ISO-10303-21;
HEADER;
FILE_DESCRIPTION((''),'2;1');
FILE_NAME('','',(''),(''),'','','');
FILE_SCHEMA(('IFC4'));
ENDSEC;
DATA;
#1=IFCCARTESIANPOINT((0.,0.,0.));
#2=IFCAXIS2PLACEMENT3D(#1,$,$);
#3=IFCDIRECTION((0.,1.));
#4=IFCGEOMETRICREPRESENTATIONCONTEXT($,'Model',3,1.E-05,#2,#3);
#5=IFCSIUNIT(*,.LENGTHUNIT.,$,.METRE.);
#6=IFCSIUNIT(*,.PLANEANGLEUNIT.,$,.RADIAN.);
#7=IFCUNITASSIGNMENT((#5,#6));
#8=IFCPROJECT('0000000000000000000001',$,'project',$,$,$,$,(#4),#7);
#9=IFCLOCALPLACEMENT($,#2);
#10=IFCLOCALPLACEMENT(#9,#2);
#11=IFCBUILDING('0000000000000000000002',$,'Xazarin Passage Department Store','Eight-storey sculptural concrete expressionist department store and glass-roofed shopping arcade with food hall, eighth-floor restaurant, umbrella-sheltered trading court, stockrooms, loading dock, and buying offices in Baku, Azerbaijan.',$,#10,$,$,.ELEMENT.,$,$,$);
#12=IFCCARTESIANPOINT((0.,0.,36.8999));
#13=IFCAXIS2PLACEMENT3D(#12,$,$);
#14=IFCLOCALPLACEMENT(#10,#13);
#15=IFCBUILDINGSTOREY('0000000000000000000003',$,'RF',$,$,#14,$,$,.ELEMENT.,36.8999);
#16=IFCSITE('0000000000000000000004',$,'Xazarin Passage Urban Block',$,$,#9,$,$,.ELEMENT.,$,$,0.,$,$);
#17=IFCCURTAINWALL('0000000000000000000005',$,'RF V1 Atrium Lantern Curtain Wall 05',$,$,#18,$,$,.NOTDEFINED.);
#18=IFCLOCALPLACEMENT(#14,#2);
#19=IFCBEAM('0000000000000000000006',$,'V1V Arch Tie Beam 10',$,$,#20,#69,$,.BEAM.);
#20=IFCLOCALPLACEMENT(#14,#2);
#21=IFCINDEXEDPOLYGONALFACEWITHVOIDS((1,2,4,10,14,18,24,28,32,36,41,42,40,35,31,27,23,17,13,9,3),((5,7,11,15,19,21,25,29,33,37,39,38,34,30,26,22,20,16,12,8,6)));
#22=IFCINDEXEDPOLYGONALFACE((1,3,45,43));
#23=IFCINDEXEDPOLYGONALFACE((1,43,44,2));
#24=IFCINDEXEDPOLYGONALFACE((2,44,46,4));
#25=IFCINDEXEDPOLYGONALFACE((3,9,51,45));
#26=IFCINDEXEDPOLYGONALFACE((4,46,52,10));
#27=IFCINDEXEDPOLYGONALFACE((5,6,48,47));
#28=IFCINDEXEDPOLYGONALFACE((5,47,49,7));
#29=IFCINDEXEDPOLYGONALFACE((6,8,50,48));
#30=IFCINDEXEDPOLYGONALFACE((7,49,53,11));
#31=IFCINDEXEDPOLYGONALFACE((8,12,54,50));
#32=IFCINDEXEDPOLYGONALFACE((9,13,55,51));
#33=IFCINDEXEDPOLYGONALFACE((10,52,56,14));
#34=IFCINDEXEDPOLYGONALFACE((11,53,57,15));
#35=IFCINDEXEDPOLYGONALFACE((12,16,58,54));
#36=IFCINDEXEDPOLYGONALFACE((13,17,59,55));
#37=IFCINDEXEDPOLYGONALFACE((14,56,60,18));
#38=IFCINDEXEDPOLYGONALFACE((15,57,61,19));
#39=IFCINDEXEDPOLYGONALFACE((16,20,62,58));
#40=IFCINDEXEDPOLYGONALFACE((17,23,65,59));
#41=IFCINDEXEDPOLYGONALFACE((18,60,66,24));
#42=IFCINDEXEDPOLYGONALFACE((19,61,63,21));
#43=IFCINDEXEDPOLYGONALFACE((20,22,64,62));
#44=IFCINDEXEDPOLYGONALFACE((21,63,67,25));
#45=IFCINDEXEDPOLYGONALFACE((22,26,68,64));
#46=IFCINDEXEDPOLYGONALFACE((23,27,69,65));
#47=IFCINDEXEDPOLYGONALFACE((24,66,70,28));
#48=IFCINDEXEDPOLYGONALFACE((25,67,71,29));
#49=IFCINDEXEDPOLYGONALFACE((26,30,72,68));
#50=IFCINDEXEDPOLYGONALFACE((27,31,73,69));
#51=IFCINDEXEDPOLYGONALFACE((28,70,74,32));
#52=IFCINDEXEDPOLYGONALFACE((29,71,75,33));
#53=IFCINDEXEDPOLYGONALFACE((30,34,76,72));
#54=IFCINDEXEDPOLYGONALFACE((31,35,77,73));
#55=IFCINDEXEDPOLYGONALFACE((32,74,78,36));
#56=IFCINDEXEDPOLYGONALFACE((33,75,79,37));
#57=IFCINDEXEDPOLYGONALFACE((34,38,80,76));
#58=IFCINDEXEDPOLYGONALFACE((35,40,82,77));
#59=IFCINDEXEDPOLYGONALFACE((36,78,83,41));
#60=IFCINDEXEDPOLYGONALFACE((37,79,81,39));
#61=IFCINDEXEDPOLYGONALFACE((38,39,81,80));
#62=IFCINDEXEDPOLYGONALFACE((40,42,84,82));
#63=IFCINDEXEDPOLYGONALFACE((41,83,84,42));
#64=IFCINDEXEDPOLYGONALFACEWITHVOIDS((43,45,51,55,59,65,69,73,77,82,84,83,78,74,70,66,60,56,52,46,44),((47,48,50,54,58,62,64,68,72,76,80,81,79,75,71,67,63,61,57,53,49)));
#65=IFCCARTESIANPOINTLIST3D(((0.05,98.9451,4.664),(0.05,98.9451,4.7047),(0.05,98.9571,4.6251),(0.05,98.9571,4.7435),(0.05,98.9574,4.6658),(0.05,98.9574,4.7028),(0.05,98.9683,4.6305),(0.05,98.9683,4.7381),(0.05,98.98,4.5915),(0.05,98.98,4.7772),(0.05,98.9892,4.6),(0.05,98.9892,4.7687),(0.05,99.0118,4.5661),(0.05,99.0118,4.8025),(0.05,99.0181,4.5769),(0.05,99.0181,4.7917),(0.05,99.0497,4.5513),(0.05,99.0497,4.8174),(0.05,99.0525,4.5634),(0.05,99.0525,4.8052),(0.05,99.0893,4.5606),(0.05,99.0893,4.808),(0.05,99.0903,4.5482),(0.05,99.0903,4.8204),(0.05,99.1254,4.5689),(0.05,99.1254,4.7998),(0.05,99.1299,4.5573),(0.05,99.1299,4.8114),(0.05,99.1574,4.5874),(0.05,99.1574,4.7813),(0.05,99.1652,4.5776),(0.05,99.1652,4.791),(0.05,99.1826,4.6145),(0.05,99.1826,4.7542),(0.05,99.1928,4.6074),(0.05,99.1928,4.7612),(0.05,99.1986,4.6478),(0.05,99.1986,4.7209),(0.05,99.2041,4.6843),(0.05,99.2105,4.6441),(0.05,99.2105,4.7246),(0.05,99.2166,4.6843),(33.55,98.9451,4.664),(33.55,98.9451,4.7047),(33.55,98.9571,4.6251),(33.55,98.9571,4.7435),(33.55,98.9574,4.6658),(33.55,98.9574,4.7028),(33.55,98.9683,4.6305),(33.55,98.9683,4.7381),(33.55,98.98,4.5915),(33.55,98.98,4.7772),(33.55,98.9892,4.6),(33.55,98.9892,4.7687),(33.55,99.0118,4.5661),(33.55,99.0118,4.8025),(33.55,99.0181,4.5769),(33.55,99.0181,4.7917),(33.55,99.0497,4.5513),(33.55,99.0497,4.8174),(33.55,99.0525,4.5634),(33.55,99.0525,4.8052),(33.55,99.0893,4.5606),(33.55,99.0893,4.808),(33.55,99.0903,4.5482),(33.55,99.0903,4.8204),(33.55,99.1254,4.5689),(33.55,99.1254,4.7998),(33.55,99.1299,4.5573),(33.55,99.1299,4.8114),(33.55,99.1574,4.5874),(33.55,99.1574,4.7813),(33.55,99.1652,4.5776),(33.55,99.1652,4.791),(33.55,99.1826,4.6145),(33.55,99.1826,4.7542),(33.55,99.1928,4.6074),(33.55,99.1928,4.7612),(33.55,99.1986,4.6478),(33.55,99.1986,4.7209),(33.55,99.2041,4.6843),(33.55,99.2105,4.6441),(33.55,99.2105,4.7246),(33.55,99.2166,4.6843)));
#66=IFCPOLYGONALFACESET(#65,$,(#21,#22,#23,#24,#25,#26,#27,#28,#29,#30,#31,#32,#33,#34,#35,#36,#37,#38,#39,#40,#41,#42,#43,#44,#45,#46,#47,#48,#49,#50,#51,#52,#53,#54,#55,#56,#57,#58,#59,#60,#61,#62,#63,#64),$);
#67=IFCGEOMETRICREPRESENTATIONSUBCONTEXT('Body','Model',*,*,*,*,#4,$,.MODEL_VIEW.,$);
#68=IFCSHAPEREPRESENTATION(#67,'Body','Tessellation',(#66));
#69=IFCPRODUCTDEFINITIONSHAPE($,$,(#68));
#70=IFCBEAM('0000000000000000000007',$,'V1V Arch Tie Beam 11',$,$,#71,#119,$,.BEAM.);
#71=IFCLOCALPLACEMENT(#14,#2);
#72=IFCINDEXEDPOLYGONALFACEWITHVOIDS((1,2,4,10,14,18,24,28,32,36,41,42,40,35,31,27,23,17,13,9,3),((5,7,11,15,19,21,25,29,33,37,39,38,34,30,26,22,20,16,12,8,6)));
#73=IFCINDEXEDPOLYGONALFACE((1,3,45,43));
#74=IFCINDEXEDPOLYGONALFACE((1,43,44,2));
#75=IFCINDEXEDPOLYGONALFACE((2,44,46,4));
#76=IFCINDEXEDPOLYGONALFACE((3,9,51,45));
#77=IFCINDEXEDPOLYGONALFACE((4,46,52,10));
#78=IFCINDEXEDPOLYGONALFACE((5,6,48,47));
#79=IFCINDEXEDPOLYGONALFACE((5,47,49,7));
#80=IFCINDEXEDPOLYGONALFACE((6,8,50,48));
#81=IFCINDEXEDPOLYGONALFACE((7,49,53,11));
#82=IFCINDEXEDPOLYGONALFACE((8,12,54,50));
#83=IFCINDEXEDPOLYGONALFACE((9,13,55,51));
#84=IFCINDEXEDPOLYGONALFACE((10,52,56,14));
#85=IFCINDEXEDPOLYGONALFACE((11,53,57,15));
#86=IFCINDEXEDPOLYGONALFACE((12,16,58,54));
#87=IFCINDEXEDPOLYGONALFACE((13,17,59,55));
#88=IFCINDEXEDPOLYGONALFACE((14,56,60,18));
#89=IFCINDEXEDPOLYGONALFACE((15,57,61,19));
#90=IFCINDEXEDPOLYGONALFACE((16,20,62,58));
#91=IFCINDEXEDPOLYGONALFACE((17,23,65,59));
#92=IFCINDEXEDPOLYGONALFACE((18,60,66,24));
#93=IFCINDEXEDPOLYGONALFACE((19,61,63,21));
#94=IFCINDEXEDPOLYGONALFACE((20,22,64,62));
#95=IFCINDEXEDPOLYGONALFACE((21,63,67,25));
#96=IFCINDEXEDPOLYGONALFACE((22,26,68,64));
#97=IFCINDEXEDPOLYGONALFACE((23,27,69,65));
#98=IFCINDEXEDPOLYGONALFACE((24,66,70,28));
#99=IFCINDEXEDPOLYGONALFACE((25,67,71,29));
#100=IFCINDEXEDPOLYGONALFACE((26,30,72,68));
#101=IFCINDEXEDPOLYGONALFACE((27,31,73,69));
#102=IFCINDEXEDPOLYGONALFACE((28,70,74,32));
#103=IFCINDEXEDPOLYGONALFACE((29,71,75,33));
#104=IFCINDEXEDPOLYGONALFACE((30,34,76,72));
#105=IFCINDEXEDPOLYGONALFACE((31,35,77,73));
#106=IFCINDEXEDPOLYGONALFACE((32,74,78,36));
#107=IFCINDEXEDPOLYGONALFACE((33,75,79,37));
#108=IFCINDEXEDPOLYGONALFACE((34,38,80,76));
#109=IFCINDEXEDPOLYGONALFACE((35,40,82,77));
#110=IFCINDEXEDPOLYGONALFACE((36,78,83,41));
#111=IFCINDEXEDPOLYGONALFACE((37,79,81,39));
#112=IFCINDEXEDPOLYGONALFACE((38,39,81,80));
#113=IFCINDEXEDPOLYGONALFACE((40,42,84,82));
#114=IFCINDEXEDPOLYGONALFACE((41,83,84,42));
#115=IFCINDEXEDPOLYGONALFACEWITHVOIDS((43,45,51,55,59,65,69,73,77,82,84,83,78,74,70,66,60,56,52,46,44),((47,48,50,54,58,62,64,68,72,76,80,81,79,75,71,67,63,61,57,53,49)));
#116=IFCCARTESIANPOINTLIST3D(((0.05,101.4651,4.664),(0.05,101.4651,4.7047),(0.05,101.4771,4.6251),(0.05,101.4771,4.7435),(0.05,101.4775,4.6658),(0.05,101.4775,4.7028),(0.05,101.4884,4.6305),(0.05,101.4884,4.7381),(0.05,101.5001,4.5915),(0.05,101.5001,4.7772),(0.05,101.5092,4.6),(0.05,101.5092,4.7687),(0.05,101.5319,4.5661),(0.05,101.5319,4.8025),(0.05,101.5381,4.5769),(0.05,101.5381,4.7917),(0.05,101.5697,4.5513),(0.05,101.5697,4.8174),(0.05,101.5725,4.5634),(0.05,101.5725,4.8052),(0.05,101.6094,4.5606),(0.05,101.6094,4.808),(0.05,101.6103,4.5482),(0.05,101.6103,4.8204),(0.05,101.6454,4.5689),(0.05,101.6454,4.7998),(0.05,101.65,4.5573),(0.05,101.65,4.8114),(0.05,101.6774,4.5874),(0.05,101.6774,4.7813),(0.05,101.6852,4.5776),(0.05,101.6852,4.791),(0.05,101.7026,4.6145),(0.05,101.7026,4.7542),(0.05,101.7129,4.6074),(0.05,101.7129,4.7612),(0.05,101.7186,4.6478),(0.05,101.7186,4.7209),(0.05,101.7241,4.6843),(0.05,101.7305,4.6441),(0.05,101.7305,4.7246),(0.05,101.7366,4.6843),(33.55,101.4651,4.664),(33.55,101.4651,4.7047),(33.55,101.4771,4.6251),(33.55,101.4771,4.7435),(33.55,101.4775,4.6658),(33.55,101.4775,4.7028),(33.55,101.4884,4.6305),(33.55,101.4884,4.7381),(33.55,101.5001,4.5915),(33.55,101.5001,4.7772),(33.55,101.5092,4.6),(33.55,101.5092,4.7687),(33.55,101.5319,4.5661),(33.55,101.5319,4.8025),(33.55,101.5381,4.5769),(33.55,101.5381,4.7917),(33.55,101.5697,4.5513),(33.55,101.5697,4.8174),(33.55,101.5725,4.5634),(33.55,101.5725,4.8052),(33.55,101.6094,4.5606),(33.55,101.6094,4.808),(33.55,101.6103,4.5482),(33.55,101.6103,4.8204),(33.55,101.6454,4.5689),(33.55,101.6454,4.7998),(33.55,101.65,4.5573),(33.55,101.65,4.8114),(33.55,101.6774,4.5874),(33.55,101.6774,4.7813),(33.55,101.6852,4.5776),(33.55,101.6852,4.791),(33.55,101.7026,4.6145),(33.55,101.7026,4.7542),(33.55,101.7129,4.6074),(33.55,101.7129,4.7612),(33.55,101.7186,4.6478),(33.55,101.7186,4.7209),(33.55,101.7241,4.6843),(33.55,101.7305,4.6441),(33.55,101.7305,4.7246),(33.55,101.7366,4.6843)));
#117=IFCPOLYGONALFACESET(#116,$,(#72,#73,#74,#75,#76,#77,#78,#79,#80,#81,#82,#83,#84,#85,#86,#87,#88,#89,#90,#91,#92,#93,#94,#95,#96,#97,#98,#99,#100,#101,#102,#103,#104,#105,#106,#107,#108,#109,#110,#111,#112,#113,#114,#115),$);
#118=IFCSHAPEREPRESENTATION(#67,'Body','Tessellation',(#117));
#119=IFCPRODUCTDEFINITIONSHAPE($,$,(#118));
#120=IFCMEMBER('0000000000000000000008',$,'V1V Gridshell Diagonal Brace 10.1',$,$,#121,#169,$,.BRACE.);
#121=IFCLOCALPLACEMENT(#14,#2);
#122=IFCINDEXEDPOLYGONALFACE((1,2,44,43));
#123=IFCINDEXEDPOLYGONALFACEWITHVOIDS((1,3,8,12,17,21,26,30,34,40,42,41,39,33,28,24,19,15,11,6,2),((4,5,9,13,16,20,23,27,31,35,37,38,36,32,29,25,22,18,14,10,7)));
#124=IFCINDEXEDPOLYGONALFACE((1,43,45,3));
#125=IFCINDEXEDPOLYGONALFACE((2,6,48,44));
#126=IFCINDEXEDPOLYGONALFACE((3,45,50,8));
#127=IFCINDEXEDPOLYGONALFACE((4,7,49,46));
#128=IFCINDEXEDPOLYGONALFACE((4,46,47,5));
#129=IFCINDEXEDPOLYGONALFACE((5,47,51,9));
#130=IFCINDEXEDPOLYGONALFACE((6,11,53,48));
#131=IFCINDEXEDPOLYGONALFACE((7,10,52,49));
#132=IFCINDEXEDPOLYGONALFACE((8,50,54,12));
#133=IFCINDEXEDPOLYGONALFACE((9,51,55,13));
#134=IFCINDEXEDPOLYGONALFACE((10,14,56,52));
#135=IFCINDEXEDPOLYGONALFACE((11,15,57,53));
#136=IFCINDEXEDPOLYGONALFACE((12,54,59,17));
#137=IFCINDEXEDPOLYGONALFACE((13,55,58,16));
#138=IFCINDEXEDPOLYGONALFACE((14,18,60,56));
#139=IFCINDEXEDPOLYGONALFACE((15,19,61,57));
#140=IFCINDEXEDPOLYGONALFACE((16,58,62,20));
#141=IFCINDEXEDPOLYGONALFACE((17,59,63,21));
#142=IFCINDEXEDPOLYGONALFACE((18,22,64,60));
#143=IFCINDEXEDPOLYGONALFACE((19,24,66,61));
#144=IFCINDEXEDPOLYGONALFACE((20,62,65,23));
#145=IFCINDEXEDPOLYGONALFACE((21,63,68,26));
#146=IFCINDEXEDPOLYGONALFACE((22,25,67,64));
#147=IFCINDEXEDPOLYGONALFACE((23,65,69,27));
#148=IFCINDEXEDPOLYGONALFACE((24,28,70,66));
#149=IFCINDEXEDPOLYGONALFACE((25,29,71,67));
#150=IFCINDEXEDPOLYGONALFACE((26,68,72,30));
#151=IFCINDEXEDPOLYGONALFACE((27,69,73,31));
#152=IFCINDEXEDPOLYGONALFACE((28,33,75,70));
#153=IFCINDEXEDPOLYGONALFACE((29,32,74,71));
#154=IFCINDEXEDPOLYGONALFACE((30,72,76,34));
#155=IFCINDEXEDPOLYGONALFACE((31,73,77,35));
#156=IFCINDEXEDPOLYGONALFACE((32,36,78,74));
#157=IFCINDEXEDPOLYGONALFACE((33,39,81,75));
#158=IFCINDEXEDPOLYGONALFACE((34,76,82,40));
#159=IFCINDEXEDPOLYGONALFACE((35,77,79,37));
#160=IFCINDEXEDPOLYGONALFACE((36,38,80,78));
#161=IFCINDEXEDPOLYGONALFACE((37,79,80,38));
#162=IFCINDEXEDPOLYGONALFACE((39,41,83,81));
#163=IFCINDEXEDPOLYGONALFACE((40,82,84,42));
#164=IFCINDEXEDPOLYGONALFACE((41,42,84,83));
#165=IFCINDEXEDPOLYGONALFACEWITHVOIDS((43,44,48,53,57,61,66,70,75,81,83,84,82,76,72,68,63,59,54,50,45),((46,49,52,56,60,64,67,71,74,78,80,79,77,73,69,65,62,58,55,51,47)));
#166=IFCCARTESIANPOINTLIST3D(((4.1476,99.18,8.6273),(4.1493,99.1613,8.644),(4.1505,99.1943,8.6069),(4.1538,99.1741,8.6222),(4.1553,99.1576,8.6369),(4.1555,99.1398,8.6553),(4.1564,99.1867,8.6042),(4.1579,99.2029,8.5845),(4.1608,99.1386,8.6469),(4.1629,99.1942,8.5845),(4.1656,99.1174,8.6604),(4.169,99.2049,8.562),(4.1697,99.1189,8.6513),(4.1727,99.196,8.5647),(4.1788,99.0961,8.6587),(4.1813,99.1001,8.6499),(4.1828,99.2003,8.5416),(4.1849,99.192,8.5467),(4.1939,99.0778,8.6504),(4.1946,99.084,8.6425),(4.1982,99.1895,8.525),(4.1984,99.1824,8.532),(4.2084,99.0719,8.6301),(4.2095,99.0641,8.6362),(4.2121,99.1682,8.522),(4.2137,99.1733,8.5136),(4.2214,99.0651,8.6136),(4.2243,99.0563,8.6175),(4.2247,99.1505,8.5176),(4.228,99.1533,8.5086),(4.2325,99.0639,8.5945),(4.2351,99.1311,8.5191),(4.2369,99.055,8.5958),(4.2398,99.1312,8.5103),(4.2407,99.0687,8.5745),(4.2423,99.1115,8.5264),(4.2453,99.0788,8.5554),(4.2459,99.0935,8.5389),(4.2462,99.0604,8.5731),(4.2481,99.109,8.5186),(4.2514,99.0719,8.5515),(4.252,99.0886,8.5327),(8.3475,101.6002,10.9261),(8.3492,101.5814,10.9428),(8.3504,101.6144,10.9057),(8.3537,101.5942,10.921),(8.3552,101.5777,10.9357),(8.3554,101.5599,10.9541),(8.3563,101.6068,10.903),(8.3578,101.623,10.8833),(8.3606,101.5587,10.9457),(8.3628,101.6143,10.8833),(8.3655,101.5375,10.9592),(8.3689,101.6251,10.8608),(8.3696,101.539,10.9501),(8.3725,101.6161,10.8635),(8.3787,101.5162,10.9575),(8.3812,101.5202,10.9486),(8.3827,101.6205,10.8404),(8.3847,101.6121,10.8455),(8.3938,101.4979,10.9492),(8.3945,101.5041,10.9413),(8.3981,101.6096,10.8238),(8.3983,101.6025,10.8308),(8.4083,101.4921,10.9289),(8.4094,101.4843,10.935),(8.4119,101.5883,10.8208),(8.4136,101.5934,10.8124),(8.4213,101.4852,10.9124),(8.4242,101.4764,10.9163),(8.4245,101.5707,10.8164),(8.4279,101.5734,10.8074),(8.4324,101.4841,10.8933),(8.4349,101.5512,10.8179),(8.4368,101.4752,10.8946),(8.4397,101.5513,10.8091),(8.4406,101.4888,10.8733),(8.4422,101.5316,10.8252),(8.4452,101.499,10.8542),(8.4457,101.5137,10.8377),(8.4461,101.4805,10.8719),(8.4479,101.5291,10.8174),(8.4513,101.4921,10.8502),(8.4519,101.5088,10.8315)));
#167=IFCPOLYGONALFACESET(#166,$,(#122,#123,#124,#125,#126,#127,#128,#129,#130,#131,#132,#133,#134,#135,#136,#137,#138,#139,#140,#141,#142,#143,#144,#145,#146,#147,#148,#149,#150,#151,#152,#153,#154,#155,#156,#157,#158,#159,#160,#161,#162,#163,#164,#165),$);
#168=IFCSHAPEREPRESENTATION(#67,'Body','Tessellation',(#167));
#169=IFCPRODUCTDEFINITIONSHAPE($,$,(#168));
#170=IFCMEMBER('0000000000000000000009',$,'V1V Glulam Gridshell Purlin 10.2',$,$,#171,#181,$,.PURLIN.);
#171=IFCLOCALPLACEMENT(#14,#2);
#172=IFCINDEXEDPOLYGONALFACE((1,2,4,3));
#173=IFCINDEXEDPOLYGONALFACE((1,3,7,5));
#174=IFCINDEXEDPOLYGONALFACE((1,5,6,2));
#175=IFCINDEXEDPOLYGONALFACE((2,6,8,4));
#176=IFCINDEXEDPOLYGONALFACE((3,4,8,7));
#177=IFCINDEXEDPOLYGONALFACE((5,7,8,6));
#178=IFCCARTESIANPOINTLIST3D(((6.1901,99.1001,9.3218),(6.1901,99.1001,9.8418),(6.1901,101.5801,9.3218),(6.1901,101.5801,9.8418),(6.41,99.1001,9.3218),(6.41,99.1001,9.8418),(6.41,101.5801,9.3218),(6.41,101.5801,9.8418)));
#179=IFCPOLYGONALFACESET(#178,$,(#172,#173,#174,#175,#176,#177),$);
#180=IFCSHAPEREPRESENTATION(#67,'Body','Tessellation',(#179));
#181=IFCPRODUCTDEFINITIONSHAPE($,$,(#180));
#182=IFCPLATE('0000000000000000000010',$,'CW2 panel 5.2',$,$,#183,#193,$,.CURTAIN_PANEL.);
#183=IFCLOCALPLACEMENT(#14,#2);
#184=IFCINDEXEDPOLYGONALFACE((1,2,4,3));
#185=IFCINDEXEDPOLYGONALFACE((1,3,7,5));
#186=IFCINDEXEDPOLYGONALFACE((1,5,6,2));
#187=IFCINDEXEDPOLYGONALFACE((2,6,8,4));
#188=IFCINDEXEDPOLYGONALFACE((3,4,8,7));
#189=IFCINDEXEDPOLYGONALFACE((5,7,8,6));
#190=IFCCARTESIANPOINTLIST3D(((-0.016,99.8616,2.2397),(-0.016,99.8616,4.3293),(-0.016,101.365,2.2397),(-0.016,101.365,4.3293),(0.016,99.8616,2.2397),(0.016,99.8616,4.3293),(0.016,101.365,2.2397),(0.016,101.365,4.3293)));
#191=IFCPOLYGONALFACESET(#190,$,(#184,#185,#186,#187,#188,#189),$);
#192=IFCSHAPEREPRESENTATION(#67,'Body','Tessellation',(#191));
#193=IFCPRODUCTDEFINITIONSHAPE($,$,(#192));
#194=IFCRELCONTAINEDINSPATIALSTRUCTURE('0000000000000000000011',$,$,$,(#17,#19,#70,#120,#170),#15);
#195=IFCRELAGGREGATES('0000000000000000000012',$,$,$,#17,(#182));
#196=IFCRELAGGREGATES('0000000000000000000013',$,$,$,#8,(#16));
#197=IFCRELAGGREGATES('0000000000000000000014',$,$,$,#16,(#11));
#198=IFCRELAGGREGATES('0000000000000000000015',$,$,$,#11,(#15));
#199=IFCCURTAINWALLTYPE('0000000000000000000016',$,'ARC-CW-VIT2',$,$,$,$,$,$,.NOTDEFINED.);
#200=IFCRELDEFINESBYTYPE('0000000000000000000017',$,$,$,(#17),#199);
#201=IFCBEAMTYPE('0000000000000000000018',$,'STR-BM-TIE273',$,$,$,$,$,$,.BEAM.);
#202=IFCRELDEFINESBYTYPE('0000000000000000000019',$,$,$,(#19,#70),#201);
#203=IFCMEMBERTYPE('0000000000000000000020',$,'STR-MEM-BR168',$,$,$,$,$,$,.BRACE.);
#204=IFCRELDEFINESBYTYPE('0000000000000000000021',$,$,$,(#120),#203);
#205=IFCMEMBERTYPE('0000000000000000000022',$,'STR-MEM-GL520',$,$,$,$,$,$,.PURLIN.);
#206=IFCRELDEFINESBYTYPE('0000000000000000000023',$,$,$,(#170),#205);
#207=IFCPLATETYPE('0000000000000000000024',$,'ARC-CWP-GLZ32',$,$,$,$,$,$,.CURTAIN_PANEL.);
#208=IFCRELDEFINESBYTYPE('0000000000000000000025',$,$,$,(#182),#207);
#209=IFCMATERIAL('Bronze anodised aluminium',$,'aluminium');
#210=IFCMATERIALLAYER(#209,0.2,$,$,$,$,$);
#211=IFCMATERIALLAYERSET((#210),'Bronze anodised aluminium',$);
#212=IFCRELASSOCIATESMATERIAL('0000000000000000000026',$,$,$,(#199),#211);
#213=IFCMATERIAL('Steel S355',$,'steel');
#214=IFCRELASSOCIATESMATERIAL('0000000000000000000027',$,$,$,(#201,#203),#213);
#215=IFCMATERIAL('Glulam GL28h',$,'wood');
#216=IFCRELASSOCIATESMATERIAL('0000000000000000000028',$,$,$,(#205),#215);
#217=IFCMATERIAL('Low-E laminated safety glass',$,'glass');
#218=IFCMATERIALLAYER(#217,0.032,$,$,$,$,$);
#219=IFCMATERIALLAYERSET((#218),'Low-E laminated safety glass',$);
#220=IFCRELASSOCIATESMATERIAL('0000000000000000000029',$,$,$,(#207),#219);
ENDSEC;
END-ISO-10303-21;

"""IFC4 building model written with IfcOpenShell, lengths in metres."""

from ifc_helpers import new_model, si_unit, direction, frame, origin, origin_2d, place, context, subcontext, project, spatial, rectangle, hollow_circle, extrude, material, layer, layer_set, material_profile, profile_set, type_object, element, aggregate, save


model = new_model("IFC4")

# Units and contexts
model_context = context("Model", 3, precision=1e-05, world=origin(), true_north=direction((0.0, 1.0)))
body_context = subcontext(model_context, "Body", "Model", "MODEL_VIEW")
ifc_project = project(units=[si_unit("LENGTHUNIT", "METRE"), si_unit("PLANEANGLEUNIT", "RADIAN")], contexts=[model_context])

# Site, building, storey
site_placement = place(None, origin())
site = spatial("IfcSite", under=ifc_project, at=site_placement, Name="Xazarin Passage Urban Block", CompositionType="ELEMENT", RefElevation=0.0)
building_placement = place(site_placement, origin())
building = spatial("IfcBuilding", under=site, at=building_placement, Name="Xazarin Passage Department Store", Description="Eight-storey sculptural concrete expressionist department store and glass-roofed shopping arcade with food hall, eighth-floor restaurant, umbrella-sheltered trading court, stockrooms, loading dock, and buying offices in Baku, Azerbaijan.", CompositionType="ELEMENT")
storey_placement = place(building_placement, frame((0.0, 0.0, 36.8999)))
storey = spatial("IfcBuildingStorey", under=building, at=storey_placement, Name="RF", CompositionType="ELEMENT", Elevation=36.8999)

# Curtain wall
ifc_material_1 = material(Name="Bronze anodised aluminium", Category="aluminium")
ifc_layer_1 = layer(ifc_material_1, 0.2)
ifc_layer_set_1 = layer_set([ifc_layer_1], Name="Bronze anodised aluminium")
curtain_wall_type = type_object("IfcCurtainWallType", Name="ARC-CW-VIT2", PredefinedType="NOTDEFINED", material=ifc_layer_set_1)
curtain_wall_1_placement = place(storey_placement, origin())
curtain_wall_1 = element("IfcCurtainWall", 1, at=curtain_wall_1_placement, inside=storey, type_object=curtain_wall_type, Name="RF V1 Atrium Lantern Curtain Wall 05", PredefinedType="NOTDEFINED")

# Beams
ifc_material_2 = material(Name="Steel S355", Category="steel")
ifc_material_profile_1 = material_profile(ifc_material_2, hollow_circle(Radius=0.1365, WallThickness=0.0125, at=origin_2d()), Name="CHS 273x12.5")
ifc_profile_set_1 = profile_set([ifc_material_profile_1], Name="Steel S355")
beam_type_1 = type_object("IfcBeamType", Name="STR-BM-TIE273", PredefinedType="BEAM", material=ifc_profile_set_1)
for number, where, z_axis, x_axis, name in (
    (2, (0.05, 99.0801, 4.6843), (1.0, 0.0, 0.0), (0.0, 1.0, 0.0), "V1V Arch Tie Beam 10"),
    (3, (0.05, 101.6001, 4.6843), (1.0, 0.0, 0.0), (0.0, 1.0, 0.0), "V1V Arch Tie Beam 11"),
):
    element("IfcBeam", number, at=place(storey_placement, frame(where, z_axis=z_axis, x_axis=x_axis)), inside=storey, type_object=beam_type_1, Name=name, PredefinedType="BEAM", context=body_context, shape_type="SweptSolid", body=[
        extrude(hollow_circle(Radius=0.1365, WallThickness=0.0125, at=origin_2d()), origin(), (0.0, 0.0, 1.0), 33.5),
    ])

# Members
ifc_material_profile_2 = material_profile(ifc_material_2, hollow_circle(Radius=0.0842, WallThickness=0.01, at=origin_2d()), Name="CHS 168.3x10")
ifc_profile_set_2 = profile_set([ifc_material_profile_2], Name="Steel S355")
member_type_1 = type_object("IfcMemberType", Name="STR-MEM-BR168", PredefinedType="BRACE", material=ifc_profile_set_2)
member_1_placement = place(storey_placement, frame((4.2, 99.1299, 8.5845), z_axis=(0.782867, 0.451117, 0.4285), x_axis=(-0.499276, 0.866443, 0.0)))
element("IfcMember", 4, at=member_1_placement, inside=storey, type_object=member_type_1, Name="V1V Gridshell Diagonal Brace 10.1", PredefinedType="BRACE", context=body_context, shape_type="SweptSolid", body=[
    extrude(hollow_circle(Radius=0.0842, WallThickness=0.01, at=origin_2d()), origin(), (0.0, 0.0, 1.0), 5.3647),
])
ifc_material_3 = material(Name="Glulam GL28h", Category="wood")
ifc_material_profile_3 = material_profile(ifc_material_3, rectangle(XDim=0.22, YDim=0.52, at=origin_2d()), Name="GL28h 220x520")
ifc_profile_set_3 = profile_set([ifc_material_profile_3], Name="Glulam GL28h")
member_type_2 = type_object("IfcMemberType", Name="STR-MEM-GL520", PredefinedType="PURLIN", material=ifc_profile_set_3)
member_2_placement = place(storey_placement, frame((6.3, 99.1001, 9.5818), z_axis=(0.0, 1.0, 0.0), x_axis=(-1.0, 0.0, 0.0)))
element("IfcMember", 5, at=member_2_placement, inside=storey, type_object=member_type_2, Name="V1V Glulam Gridshell Purlin 10.2", PredefinedType="PURLIN", context=body_context, shape_type="SweptSolid", body=[
    extrude(rectangle(XDim=0.22, YDim=0.52, at=origin_2d()), origin(), (0.0, 0.0, 1.0), 2.48),
])

# Plate
ifc_material_4 = material(Name="Low-E laminated safety glass", Category="glass")
ifc_layer_2 = layer(ifc_material_4, 0.032)
ifc_layer_set_2 = layer_set([ifc_layer_2], Name="Low-E laminated safety glass")
plate_type_1 = type_object("IfcPlateType", Name="ARC-CWP-GLZ32", PredefinedType="CURTAIN_PANEL", material=ifc_layer_set_2)
plate_1_placement = place(storey_placement, frame((0.0, 100.6133, 2.2397), z_axis=(0.0, 0.0, 1.0), x_axis=(0.0, 1.0, 0.0)))
plate_1 = element("IfcPlate", 6, at=plate_1_placement, type_object=plate_type_1, Name="CW2 panel 5.2", PredefinedType="CURTAIN_PANEL", context=body_context, shape_type="SweptSolid", body=[
    extrude(rectangle(XDim=1.5034, YDim=0.032, at=origin_2d()), origin(), (0.0, 0.0, 1.0), 2.0896),
])
aggregate(curtain_wall_1, [plate_1])

save(model, "model.ifc")
